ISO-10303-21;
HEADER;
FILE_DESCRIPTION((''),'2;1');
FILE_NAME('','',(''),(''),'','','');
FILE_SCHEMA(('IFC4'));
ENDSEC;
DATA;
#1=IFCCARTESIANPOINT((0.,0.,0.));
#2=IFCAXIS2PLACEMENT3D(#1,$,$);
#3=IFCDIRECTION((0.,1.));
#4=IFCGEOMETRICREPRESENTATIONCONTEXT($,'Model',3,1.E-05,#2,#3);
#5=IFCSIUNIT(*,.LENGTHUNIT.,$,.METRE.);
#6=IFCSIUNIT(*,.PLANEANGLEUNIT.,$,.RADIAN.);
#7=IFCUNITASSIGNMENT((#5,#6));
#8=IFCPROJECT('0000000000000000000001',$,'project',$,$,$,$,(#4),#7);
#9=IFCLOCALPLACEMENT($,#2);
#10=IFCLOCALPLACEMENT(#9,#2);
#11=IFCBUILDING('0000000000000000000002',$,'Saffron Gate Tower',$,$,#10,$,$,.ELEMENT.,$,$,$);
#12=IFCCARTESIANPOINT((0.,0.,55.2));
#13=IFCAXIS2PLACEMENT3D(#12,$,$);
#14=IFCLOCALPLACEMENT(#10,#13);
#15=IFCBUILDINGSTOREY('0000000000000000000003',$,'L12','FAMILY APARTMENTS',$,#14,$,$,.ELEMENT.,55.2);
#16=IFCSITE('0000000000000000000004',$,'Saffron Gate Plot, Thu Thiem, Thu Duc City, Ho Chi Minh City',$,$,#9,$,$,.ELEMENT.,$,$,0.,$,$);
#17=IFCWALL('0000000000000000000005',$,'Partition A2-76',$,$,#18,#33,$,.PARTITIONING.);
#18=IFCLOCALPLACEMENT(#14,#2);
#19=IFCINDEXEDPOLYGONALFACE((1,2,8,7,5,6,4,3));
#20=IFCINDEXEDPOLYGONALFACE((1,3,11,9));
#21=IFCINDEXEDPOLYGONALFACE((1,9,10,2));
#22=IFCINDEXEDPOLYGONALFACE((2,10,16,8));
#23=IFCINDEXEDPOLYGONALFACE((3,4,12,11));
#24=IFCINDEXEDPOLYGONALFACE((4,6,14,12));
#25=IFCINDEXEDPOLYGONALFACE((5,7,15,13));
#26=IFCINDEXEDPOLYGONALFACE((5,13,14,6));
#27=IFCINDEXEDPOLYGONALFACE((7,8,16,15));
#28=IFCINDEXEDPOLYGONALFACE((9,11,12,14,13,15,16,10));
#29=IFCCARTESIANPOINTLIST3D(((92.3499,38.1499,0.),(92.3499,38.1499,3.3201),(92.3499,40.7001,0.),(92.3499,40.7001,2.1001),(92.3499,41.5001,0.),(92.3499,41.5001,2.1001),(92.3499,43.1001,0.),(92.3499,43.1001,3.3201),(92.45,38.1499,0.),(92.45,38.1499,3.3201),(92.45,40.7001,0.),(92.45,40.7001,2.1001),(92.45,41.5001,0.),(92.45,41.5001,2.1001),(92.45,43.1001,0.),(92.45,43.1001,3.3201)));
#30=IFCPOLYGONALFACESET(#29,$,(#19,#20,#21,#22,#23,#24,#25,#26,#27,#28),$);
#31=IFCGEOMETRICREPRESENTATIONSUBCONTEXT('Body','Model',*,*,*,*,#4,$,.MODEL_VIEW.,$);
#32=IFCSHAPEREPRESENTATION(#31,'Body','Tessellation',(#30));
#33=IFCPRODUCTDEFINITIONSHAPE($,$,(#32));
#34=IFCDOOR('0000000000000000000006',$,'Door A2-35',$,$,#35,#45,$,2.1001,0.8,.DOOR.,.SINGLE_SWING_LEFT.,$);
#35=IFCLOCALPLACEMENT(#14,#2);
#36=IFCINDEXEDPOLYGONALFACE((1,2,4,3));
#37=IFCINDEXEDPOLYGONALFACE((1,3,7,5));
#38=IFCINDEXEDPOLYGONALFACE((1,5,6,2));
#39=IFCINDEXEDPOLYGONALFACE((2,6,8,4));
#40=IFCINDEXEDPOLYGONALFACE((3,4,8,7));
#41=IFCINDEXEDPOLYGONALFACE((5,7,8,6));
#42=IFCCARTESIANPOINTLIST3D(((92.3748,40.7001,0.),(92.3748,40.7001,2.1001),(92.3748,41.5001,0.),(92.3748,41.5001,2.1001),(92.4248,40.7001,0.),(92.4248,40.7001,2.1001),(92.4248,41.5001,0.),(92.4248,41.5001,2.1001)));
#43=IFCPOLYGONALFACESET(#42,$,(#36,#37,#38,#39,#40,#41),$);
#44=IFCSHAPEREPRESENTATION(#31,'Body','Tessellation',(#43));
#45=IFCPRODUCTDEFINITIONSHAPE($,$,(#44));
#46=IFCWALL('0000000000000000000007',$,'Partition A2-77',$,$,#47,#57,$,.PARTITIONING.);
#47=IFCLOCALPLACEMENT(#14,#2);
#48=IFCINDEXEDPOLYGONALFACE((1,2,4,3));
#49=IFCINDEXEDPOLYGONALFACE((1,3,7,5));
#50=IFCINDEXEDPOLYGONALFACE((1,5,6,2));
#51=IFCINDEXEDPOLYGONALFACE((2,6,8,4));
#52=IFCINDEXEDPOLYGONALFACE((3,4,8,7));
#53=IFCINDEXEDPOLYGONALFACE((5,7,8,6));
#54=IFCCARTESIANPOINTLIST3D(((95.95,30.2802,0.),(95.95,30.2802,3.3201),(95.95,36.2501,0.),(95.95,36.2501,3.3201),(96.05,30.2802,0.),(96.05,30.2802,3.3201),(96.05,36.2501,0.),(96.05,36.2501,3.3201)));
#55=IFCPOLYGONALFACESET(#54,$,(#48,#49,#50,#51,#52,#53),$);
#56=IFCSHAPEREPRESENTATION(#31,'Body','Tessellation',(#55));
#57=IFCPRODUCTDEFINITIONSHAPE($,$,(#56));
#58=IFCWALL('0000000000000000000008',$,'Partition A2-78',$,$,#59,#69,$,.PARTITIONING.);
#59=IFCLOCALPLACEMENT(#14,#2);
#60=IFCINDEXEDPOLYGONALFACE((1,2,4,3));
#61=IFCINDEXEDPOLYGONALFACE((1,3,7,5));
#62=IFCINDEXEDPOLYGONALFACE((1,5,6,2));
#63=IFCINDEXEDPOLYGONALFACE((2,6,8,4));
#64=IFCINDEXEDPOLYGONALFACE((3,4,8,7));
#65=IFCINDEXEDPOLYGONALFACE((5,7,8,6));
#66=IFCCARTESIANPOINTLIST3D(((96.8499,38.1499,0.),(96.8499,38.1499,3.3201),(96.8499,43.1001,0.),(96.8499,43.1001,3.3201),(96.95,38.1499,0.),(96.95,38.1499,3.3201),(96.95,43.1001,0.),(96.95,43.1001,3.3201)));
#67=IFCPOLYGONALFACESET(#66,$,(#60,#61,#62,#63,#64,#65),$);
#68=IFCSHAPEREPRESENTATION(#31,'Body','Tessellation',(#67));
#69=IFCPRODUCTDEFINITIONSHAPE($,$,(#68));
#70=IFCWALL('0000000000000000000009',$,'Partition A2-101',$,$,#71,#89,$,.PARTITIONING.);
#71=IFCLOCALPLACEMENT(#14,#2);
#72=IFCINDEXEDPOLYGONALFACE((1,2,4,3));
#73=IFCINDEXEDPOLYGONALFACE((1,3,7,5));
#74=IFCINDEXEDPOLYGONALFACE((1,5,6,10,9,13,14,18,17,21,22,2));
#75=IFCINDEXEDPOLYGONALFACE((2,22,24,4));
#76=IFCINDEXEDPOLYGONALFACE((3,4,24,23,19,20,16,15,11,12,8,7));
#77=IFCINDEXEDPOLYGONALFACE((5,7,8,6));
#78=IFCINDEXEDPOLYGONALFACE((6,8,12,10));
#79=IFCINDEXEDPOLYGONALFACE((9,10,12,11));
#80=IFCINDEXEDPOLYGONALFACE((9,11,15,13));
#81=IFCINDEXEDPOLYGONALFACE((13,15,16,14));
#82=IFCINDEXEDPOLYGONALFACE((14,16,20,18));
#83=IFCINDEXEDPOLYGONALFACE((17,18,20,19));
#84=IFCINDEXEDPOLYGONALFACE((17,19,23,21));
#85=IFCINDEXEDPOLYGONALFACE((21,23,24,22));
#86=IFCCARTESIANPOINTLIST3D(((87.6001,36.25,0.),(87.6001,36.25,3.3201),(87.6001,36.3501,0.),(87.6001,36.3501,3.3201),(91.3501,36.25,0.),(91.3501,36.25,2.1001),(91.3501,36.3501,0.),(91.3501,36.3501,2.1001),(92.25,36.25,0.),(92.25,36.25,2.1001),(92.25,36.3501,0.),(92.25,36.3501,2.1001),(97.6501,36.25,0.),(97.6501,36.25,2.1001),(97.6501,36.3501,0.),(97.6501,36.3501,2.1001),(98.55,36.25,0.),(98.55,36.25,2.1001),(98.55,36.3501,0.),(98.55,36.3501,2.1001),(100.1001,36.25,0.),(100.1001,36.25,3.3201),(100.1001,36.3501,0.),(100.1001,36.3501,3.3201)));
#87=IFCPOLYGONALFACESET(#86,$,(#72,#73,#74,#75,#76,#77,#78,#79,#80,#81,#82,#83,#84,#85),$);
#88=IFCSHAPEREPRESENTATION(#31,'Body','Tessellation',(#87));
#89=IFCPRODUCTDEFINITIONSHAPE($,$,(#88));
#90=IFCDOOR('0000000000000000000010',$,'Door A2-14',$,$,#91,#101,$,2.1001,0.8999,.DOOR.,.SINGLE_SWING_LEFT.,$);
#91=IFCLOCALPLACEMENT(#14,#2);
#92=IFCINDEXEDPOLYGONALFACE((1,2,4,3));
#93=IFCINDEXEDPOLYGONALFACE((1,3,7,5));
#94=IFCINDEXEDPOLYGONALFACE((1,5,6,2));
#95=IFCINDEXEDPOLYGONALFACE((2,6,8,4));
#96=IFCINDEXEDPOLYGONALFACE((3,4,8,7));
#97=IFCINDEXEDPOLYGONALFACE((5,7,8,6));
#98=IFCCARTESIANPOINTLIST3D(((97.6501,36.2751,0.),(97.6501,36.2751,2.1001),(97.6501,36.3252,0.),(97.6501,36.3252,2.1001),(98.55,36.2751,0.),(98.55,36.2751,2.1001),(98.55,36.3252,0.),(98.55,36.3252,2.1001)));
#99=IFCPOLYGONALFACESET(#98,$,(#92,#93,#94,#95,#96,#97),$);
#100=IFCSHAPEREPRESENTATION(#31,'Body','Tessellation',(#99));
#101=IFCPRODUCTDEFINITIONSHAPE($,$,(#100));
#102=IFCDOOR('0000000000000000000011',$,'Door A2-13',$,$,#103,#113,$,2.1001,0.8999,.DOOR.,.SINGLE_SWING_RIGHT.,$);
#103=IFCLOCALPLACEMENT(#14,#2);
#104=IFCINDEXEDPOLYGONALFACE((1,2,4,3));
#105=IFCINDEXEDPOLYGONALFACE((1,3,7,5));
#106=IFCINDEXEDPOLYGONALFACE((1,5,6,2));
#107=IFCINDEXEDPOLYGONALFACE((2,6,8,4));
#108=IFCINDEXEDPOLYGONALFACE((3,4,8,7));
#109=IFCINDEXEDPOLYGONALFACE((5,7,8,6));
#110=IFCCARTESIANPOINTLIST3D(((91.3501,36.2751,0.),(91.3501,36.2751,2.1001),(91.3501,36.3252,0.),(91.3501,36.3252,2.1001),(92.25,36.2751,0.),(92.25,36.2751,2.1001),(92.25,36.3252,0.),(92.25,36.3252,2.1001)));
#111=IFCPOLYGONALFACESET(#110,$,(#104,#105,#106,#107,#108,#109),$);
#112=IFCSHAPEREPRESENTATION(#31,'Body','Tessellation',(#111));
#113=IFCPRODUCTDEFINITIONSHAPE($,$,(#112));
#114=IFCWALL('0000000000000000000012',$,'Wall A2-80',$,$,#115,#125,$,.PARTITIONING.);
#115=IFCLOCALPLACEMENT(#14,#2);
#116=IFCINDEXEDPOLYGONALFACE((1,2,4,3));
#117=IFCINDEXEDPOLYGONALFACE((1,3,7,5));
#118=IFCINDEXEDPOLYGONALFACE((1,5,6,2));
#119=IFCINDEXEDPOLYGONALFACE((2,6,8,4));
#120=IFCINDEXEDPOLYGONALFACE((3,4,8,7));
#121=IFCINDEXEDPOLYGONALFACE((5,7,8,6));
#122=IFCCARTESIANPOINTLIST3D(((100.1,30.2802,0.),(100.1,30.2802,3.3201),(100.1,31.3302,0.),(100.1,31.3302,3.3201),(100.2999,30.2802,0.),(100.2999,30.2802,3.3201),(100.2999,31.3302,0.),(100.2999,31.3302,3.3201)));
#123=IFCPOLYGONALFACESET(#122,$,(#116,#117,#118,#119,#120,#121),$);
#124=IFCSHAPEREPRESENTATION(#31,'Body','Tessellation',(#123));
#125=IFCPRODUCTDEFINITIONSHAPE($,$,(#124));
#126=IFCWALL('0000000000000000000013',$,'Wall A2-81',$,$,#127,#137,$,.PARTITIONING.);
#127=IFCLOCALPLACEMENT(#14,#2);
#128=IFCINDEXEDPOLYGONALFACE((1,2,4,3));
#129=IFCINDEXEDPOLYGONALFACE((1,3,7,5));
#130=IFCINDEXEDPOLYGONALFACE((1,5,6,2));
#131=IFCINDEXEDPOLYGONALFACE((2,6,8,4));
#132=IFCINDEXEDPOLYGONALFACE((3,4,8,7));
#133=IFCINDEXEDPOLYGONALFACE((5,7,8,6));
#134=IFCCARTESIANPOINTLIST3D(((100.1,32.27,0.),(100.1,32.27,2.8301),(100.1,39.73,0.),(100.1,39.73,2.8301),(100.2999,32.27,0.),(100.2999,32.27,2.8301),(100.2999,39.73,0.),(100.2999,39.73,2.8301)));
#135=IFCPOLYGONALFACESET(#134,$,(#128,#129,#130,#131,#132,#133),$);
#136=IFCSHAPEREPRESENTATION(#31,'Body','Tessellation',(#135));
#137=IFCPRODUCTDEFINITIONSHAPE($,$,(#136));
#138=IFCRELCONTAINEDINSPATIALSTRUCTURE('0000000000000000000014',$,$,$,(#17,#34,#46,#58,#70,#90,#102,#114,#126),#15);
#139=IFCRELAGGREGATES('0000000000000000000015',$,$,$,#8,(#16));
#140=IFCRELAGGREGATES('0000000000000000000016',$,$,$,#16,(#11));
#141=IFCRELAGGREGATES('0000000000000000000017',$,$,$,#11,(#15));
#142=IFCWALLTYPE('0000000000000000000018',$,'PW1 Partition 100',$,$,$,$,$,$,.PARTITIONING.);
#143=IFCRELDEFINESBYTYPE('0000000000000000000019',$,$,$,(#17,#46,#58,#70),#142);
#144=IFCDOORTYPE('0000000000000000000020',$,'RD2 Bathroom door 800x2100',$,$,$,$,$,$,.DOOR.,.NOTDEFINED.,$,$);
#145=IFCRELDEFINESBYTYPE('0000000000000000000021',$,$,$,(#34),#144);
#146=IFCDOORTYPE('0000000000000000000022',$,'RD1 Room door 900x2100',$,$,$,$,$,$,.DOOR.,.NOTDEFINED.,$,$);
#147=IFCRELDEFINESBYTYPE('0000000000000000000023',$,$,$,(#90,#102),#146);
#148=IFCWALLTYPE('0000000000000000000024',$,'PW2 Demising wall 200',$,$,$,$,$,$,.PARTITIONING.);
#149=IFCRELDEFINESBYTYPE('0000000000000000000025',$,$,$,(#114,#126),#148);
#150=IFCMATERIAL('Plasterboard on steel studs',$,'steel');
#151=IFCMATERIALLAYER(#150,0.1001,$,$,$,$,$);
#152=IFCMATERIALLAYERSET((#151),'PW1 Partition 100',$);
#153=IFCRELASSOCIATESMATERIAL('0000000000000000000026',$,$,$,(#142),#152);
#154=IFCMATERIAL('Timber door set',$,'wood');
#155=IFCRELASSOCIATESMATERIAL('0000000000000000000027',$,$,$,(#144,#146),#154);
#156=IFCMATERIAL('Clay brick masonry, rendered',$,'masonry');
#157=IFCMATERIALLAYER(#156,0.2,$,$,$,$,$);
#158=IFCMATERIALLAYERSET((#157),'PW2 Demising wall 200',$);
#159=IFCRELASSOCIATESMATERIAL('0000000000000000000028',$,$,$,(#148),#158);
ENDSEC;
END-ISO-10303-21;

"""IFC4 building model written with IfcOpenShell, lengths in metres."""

from ifc_helpers import new_model, si_unit, direction, frame, frame_2d, origin, place, context, subcontext, project, spatial, rectangle, extrude, material, layer, layer_set, type_object, element, fill, save


model = new_model("IFC4")

# Units and contexts
model_context = context("Model", 3, precision=1e-05, world=origin(), true_north=direction((0.0, 1.0)))
body_context = subcontext(model_context, "Body", "Model", "MODEL_VIEW")
ifc_project = project(units=[si_unit("LENGTHUNIT", "METRE"), si_unit("PLANEANGLEUNIT", "RADIAN")], contexts=[model_context])

# Site, building, storey
site_placement = place(None, origin())
site = spatial("IfcSite", under=ifc_project, at=site_placement, Name="Saffron Gate Plot, Thu Thiem, Thu Duc City, Ho Chi Minh City", CompositionType="ELEMENT", RefElevation=0.0)
building_placement = place(site_placement, origin())
building = spatial("IfcBuilding", under=site, at=building_placement, Name="Saffron Gate Tower", CompositionType="ELEMENT")
storey_placement = place(building_placement, frame((0.0, 0.0, 55.2)))
storey = spatial("IfcBuildingStorey", under=building, at=storey_placement, Name="L12", Description="FAMILY APARTMENTS", CompositionType="ELEMENT", Elevation=55.2)

# Wall, opening, door
ifc_material_1 = material(Name="Plasterboard on steel studs", Category="steel")
ifc_layer_1 = layer(ifc_material_1, 0.1001)
ifc_layer_set_1 = layer_set([ifc_layer_1], Name="PW1 Partition 100")
wall_type_1 = type_object("IfcWallType", Name="PW1 Partition 100", PredefinedType="PARTITIONING", material=ifc_layer_set_1)
ifc_material_2 = material(Name="Timber door set", Category="wood")
door_type_1 = type_object("IfcDoorType", Name="RD2 Bathroom door 800x2100", OperationType="NOTDEFINED", PredefinedType="DOOR", material=ifc_material_2)
wall_1_placement = place(storey_placement, frame((92.3999, 43.1001, 0.0), z_axis=(0.0, 0.0, 1.0), x_axis=(0.0, -1.0, 0.0)))
wall_1 = element("IfcWall", 1, at=wall_1_placement, inside=storey, type_object=wall_type_1, Name="Partition A2-76", PredefinedType="PARTITIONING", context=body_context, shape_type="SweptSolid", body=[
    extrude(rectangle(XDim=4.9502, YDim=0.1001, at=frame_2d((2.4751, 0.0))), origin(), (0.0, 0.0, 1.0), 3.3201),
])
opening_1_placement = place(wall_1_placement, frame((1.6001, 0.0, 0.0)))
opening_1 = element("IfcOpeningElement", 2, at=opening_1_placement, cuts=wall_1, PredefinedType="OPENING", context=body_context, shape_type="SweptSolid", body=[
    extrude(rectangle(XDim=0.8, YDim=2.1001, at=frame_2d((0.3999, 1.05))), frame((0.0, 0.0601, 0.0), z_axis=(0.0, -1.0, 0.0), x_axis=(1.0, 0.0, 0.0)), (0.0, 0.0, 1.0), 0.1201),
])
door_1_placement = place(opening_1_placement, origin())
door_1 = element("IfcDoor", 3, at=door_1_placement, inside=storey, type_object=door_type_1, Name="Door A2-35", OperationType="SINGLE_SWING_LEFT", OverallHeight=2.1001, OverallWidth=0.8, PredefinedType="DOOR", context=body_context, shape_type="SweptSolid", body=[
    extrude(rectangle(XDim=0.8, YDim=2.1001, at=frame_2d((0.3999, 1.05))), frame((0.0, 0.0249, 0.0), z_axis=(0.0, -1.0, 0.0), x_axis=(1.0, 0.0, 0.0)), (0.0, 0.0, 1.0), 0.05),
])
fill(opening_1, door_1)

# Walls
wall_2_placement = place(storey_placement, frame((96.0, 36.25, 0.0), z_axis=(0.0, 0.0, 1.0), x_axis=(0.0, -1.0, 0.0)))
element("IfcWall", 4, at=wall_2_placement, inside=storey, type_object=wall_type_1, Name="Partition A2-77", PredefinedType="PARTITIONING", context=body_context, shape_type="SweptSolid", body=[
    extrude(rectangle(XDim=5.97, YDim=0.1001, at=frame_2d((2.9849, 0.0))), origin(), (0.0, 0.0, 1.0), 3.3201),
])
wall_3_placement = place(storey_placement, frame((96.8999, 43.1001, 0.0), z_axis=(0.0, 0.0, 1.0), x_axis=(0.0, -1.0, 0.0)))
element("IfcWall", 5, at=wall_3_placement, inside=storey, type_object=wall_type_1, Name="Partition A2-78", PredefinedType="PARTITIONING", context=body_context, shape_type="SweptSolid", body=[
    extrude(rectangle(XDim=4.9502, YDim=0.1001, at=frame_2d((2.4751, 0.0))), origin(), (0.0, 0.0, 1.0), 3.3201),
])

# Wall, openings, doors
wall_4_placement = place(storey_placement, frame((100.1001, 36.3, 0.0), z_axis=(0.0, 0.0, 1.0), x_axis=(-1.0, 0.0, 0.0)))
wall_4 = element("IfcWall", 6, at=wall_4_placement, inside=storey, type_object=wall_type_1, Name="Partition A2-101", PredefinedType="PARTITIONING", context=body_context, shape_type="SweptSolid", body=[
    extrude(rectangle(XDim=12.5, YDim=0.1001, at=frame_2d((6.25, 0.0))), origin(), (0.0, 0.0, 1.0), 3.3201),
])
opening_2_placement = place(wall_4_placement, frame((1.55, 0.0, 0.0)))
opening_2 = element("IfcOpeningElement", 7, at=opening_2_placement, cuts=wall_4, PredefinedType="OPENING", context=body_context, shape_type="SweptSolid", body=[
    extrude(rectangle(XDim=0.8999, YDim=2.1001, at=frame_2d((0.45, 1.05))), frame((0.0, 0.0601, 0.0), z_axis=(0.0, -1.0, 0.0), x_axis=(1.0, 0.0, 0.0)), (0.0, 0.0, 1.0), 0.1201),
])
opening_3_placement = place(wall_4_placement, frame((7.8501, 0.0, 0.0)))
opening_3 = element("IfcOpeningElement", 8, at=opening_3_placement, cuts=wall_4, PredefinedType="OPENING", context=body_context, shape_type="SweptSolid", body=[
    extrude(rectangle(XDim=0.8999, YDim=2.1001, at=frame_2d((0.45, 1.05))), frame((0.0, 0.0601, 0.0), z_axis=(0.0, -1.0, 0.0), x_axis=(1.0, 0.0, 0.0)), (0.0, 0.0, 1.0), 0.1201),
])
door_type_2 = type_object("IfcDoorType", Name="RD1 Room door 900x2100", OperationType="NOTDEFINED", PredefinedType="DOOR", material=ifc_material_2)
door_2_placement = place(opening_2_placement, origin())
door_2 = element("IfcDoor", 9, at=door_2_placement, inside=storey, type_object=door_type_2, Name="Door A2-14", OperationType="SINGLE_SWING_LEFT", OverallHeight=2.1001, OverallWidth=0.8999, PredefinedType="DOOR", context=body_context, shape_type="SweptSolid", body=[
    extrude(rectangle(XDim=0.8999, YDim=2.1001, at=frame_2d((0.45, 1.05))), frame((0.0, 0.0249, 0.0), z_axis=(0.0, -1.0, 0.0), x_axis=(1.0, 0.0, 0.0)), (0.0, 0.0, 1.0), 0.05),
])
fill(opening_2, door_2)
door_3_placement = place(opening_3_placement, origin())
door_3 = element("IfcDoor", 10, at=door_3_placement, inside=storey, type_object=door_type_2, Name="Door A2-13", OperationType="SINGLE_SWING_RIGHT", OverallHeight=2.1001, OverallWidth=0.8999, PredefinedType="DOOR", context=body_context, shape_type="SweptSolid", body=[
    extrude(rectangle(XDim=0.8999, YDim=2.1001, at=frame_2d((0.45, 1.05))), frame((0.0, 0.0249, 0.0), z_axis=(0.0, -1.0, 0.0), x_axis=(1.0, 0.0, 0.0)), (0.0, 0.0, 1.0), 0.05),
])
fill(opening_3, door_3)

# Walls
ifc_material_3 = material(Name="Clay brick masonry, rendered", Category="masonry")
ifc_layer_2 = layer(ifc_material_3, 0.2)
ifc_layer_set_2 = layer_set([ifc_layer_2], Name="PW2 Demising wall 200")
wall_type_2 = type_object("IfcWallType", Name="PW2 Demising wall 200", PredefinedType="PARTITIONING", material=ifc_layer_set_2)
wall_5_placement = place(storey_placement, frame((100.2, 31.3301, 0.0), z_axis=(0.0, 0.0, 1.0), x_axis=(0.0, -1.0, 0.0)))
element("IfcWall", 11, at=wall_5_placement, inside=storey, type_object=wall_type_2, Name="Wall A2-80", PredefinedType="PARTITIONING", context=body_context, shape_type="SweptSolid", body=[
    extrude(rectangle(XDim=1.05, YDim=0.2, at=frame_2d((0.5249, 0.0))), origin(), (0.0, 0.0, 1.0), 3.3201),
])
wall_6_placement = place(storey_placement, frame((100.2, 39.73, 0.0), z_axis=(0.0, 0.0, 1.0), x_axis=(0.0, -1.0, 0.0)))
element("IfcWall", 12, at=wall_6_placement, inside=storey, type_object=wall_type_2, Name="Wall A2-81", PredefinedType="PARTITIONING", context=body_context, shape_type="SweptSolid", body=[
    extrude(rectangle(XDim=7.46, YDim=0.2, at=frame_2d((3.73, 0.0))), origin(), (0.0, 0.0, 1.0), 2.8301),
])

save(model, "model.ifc")
